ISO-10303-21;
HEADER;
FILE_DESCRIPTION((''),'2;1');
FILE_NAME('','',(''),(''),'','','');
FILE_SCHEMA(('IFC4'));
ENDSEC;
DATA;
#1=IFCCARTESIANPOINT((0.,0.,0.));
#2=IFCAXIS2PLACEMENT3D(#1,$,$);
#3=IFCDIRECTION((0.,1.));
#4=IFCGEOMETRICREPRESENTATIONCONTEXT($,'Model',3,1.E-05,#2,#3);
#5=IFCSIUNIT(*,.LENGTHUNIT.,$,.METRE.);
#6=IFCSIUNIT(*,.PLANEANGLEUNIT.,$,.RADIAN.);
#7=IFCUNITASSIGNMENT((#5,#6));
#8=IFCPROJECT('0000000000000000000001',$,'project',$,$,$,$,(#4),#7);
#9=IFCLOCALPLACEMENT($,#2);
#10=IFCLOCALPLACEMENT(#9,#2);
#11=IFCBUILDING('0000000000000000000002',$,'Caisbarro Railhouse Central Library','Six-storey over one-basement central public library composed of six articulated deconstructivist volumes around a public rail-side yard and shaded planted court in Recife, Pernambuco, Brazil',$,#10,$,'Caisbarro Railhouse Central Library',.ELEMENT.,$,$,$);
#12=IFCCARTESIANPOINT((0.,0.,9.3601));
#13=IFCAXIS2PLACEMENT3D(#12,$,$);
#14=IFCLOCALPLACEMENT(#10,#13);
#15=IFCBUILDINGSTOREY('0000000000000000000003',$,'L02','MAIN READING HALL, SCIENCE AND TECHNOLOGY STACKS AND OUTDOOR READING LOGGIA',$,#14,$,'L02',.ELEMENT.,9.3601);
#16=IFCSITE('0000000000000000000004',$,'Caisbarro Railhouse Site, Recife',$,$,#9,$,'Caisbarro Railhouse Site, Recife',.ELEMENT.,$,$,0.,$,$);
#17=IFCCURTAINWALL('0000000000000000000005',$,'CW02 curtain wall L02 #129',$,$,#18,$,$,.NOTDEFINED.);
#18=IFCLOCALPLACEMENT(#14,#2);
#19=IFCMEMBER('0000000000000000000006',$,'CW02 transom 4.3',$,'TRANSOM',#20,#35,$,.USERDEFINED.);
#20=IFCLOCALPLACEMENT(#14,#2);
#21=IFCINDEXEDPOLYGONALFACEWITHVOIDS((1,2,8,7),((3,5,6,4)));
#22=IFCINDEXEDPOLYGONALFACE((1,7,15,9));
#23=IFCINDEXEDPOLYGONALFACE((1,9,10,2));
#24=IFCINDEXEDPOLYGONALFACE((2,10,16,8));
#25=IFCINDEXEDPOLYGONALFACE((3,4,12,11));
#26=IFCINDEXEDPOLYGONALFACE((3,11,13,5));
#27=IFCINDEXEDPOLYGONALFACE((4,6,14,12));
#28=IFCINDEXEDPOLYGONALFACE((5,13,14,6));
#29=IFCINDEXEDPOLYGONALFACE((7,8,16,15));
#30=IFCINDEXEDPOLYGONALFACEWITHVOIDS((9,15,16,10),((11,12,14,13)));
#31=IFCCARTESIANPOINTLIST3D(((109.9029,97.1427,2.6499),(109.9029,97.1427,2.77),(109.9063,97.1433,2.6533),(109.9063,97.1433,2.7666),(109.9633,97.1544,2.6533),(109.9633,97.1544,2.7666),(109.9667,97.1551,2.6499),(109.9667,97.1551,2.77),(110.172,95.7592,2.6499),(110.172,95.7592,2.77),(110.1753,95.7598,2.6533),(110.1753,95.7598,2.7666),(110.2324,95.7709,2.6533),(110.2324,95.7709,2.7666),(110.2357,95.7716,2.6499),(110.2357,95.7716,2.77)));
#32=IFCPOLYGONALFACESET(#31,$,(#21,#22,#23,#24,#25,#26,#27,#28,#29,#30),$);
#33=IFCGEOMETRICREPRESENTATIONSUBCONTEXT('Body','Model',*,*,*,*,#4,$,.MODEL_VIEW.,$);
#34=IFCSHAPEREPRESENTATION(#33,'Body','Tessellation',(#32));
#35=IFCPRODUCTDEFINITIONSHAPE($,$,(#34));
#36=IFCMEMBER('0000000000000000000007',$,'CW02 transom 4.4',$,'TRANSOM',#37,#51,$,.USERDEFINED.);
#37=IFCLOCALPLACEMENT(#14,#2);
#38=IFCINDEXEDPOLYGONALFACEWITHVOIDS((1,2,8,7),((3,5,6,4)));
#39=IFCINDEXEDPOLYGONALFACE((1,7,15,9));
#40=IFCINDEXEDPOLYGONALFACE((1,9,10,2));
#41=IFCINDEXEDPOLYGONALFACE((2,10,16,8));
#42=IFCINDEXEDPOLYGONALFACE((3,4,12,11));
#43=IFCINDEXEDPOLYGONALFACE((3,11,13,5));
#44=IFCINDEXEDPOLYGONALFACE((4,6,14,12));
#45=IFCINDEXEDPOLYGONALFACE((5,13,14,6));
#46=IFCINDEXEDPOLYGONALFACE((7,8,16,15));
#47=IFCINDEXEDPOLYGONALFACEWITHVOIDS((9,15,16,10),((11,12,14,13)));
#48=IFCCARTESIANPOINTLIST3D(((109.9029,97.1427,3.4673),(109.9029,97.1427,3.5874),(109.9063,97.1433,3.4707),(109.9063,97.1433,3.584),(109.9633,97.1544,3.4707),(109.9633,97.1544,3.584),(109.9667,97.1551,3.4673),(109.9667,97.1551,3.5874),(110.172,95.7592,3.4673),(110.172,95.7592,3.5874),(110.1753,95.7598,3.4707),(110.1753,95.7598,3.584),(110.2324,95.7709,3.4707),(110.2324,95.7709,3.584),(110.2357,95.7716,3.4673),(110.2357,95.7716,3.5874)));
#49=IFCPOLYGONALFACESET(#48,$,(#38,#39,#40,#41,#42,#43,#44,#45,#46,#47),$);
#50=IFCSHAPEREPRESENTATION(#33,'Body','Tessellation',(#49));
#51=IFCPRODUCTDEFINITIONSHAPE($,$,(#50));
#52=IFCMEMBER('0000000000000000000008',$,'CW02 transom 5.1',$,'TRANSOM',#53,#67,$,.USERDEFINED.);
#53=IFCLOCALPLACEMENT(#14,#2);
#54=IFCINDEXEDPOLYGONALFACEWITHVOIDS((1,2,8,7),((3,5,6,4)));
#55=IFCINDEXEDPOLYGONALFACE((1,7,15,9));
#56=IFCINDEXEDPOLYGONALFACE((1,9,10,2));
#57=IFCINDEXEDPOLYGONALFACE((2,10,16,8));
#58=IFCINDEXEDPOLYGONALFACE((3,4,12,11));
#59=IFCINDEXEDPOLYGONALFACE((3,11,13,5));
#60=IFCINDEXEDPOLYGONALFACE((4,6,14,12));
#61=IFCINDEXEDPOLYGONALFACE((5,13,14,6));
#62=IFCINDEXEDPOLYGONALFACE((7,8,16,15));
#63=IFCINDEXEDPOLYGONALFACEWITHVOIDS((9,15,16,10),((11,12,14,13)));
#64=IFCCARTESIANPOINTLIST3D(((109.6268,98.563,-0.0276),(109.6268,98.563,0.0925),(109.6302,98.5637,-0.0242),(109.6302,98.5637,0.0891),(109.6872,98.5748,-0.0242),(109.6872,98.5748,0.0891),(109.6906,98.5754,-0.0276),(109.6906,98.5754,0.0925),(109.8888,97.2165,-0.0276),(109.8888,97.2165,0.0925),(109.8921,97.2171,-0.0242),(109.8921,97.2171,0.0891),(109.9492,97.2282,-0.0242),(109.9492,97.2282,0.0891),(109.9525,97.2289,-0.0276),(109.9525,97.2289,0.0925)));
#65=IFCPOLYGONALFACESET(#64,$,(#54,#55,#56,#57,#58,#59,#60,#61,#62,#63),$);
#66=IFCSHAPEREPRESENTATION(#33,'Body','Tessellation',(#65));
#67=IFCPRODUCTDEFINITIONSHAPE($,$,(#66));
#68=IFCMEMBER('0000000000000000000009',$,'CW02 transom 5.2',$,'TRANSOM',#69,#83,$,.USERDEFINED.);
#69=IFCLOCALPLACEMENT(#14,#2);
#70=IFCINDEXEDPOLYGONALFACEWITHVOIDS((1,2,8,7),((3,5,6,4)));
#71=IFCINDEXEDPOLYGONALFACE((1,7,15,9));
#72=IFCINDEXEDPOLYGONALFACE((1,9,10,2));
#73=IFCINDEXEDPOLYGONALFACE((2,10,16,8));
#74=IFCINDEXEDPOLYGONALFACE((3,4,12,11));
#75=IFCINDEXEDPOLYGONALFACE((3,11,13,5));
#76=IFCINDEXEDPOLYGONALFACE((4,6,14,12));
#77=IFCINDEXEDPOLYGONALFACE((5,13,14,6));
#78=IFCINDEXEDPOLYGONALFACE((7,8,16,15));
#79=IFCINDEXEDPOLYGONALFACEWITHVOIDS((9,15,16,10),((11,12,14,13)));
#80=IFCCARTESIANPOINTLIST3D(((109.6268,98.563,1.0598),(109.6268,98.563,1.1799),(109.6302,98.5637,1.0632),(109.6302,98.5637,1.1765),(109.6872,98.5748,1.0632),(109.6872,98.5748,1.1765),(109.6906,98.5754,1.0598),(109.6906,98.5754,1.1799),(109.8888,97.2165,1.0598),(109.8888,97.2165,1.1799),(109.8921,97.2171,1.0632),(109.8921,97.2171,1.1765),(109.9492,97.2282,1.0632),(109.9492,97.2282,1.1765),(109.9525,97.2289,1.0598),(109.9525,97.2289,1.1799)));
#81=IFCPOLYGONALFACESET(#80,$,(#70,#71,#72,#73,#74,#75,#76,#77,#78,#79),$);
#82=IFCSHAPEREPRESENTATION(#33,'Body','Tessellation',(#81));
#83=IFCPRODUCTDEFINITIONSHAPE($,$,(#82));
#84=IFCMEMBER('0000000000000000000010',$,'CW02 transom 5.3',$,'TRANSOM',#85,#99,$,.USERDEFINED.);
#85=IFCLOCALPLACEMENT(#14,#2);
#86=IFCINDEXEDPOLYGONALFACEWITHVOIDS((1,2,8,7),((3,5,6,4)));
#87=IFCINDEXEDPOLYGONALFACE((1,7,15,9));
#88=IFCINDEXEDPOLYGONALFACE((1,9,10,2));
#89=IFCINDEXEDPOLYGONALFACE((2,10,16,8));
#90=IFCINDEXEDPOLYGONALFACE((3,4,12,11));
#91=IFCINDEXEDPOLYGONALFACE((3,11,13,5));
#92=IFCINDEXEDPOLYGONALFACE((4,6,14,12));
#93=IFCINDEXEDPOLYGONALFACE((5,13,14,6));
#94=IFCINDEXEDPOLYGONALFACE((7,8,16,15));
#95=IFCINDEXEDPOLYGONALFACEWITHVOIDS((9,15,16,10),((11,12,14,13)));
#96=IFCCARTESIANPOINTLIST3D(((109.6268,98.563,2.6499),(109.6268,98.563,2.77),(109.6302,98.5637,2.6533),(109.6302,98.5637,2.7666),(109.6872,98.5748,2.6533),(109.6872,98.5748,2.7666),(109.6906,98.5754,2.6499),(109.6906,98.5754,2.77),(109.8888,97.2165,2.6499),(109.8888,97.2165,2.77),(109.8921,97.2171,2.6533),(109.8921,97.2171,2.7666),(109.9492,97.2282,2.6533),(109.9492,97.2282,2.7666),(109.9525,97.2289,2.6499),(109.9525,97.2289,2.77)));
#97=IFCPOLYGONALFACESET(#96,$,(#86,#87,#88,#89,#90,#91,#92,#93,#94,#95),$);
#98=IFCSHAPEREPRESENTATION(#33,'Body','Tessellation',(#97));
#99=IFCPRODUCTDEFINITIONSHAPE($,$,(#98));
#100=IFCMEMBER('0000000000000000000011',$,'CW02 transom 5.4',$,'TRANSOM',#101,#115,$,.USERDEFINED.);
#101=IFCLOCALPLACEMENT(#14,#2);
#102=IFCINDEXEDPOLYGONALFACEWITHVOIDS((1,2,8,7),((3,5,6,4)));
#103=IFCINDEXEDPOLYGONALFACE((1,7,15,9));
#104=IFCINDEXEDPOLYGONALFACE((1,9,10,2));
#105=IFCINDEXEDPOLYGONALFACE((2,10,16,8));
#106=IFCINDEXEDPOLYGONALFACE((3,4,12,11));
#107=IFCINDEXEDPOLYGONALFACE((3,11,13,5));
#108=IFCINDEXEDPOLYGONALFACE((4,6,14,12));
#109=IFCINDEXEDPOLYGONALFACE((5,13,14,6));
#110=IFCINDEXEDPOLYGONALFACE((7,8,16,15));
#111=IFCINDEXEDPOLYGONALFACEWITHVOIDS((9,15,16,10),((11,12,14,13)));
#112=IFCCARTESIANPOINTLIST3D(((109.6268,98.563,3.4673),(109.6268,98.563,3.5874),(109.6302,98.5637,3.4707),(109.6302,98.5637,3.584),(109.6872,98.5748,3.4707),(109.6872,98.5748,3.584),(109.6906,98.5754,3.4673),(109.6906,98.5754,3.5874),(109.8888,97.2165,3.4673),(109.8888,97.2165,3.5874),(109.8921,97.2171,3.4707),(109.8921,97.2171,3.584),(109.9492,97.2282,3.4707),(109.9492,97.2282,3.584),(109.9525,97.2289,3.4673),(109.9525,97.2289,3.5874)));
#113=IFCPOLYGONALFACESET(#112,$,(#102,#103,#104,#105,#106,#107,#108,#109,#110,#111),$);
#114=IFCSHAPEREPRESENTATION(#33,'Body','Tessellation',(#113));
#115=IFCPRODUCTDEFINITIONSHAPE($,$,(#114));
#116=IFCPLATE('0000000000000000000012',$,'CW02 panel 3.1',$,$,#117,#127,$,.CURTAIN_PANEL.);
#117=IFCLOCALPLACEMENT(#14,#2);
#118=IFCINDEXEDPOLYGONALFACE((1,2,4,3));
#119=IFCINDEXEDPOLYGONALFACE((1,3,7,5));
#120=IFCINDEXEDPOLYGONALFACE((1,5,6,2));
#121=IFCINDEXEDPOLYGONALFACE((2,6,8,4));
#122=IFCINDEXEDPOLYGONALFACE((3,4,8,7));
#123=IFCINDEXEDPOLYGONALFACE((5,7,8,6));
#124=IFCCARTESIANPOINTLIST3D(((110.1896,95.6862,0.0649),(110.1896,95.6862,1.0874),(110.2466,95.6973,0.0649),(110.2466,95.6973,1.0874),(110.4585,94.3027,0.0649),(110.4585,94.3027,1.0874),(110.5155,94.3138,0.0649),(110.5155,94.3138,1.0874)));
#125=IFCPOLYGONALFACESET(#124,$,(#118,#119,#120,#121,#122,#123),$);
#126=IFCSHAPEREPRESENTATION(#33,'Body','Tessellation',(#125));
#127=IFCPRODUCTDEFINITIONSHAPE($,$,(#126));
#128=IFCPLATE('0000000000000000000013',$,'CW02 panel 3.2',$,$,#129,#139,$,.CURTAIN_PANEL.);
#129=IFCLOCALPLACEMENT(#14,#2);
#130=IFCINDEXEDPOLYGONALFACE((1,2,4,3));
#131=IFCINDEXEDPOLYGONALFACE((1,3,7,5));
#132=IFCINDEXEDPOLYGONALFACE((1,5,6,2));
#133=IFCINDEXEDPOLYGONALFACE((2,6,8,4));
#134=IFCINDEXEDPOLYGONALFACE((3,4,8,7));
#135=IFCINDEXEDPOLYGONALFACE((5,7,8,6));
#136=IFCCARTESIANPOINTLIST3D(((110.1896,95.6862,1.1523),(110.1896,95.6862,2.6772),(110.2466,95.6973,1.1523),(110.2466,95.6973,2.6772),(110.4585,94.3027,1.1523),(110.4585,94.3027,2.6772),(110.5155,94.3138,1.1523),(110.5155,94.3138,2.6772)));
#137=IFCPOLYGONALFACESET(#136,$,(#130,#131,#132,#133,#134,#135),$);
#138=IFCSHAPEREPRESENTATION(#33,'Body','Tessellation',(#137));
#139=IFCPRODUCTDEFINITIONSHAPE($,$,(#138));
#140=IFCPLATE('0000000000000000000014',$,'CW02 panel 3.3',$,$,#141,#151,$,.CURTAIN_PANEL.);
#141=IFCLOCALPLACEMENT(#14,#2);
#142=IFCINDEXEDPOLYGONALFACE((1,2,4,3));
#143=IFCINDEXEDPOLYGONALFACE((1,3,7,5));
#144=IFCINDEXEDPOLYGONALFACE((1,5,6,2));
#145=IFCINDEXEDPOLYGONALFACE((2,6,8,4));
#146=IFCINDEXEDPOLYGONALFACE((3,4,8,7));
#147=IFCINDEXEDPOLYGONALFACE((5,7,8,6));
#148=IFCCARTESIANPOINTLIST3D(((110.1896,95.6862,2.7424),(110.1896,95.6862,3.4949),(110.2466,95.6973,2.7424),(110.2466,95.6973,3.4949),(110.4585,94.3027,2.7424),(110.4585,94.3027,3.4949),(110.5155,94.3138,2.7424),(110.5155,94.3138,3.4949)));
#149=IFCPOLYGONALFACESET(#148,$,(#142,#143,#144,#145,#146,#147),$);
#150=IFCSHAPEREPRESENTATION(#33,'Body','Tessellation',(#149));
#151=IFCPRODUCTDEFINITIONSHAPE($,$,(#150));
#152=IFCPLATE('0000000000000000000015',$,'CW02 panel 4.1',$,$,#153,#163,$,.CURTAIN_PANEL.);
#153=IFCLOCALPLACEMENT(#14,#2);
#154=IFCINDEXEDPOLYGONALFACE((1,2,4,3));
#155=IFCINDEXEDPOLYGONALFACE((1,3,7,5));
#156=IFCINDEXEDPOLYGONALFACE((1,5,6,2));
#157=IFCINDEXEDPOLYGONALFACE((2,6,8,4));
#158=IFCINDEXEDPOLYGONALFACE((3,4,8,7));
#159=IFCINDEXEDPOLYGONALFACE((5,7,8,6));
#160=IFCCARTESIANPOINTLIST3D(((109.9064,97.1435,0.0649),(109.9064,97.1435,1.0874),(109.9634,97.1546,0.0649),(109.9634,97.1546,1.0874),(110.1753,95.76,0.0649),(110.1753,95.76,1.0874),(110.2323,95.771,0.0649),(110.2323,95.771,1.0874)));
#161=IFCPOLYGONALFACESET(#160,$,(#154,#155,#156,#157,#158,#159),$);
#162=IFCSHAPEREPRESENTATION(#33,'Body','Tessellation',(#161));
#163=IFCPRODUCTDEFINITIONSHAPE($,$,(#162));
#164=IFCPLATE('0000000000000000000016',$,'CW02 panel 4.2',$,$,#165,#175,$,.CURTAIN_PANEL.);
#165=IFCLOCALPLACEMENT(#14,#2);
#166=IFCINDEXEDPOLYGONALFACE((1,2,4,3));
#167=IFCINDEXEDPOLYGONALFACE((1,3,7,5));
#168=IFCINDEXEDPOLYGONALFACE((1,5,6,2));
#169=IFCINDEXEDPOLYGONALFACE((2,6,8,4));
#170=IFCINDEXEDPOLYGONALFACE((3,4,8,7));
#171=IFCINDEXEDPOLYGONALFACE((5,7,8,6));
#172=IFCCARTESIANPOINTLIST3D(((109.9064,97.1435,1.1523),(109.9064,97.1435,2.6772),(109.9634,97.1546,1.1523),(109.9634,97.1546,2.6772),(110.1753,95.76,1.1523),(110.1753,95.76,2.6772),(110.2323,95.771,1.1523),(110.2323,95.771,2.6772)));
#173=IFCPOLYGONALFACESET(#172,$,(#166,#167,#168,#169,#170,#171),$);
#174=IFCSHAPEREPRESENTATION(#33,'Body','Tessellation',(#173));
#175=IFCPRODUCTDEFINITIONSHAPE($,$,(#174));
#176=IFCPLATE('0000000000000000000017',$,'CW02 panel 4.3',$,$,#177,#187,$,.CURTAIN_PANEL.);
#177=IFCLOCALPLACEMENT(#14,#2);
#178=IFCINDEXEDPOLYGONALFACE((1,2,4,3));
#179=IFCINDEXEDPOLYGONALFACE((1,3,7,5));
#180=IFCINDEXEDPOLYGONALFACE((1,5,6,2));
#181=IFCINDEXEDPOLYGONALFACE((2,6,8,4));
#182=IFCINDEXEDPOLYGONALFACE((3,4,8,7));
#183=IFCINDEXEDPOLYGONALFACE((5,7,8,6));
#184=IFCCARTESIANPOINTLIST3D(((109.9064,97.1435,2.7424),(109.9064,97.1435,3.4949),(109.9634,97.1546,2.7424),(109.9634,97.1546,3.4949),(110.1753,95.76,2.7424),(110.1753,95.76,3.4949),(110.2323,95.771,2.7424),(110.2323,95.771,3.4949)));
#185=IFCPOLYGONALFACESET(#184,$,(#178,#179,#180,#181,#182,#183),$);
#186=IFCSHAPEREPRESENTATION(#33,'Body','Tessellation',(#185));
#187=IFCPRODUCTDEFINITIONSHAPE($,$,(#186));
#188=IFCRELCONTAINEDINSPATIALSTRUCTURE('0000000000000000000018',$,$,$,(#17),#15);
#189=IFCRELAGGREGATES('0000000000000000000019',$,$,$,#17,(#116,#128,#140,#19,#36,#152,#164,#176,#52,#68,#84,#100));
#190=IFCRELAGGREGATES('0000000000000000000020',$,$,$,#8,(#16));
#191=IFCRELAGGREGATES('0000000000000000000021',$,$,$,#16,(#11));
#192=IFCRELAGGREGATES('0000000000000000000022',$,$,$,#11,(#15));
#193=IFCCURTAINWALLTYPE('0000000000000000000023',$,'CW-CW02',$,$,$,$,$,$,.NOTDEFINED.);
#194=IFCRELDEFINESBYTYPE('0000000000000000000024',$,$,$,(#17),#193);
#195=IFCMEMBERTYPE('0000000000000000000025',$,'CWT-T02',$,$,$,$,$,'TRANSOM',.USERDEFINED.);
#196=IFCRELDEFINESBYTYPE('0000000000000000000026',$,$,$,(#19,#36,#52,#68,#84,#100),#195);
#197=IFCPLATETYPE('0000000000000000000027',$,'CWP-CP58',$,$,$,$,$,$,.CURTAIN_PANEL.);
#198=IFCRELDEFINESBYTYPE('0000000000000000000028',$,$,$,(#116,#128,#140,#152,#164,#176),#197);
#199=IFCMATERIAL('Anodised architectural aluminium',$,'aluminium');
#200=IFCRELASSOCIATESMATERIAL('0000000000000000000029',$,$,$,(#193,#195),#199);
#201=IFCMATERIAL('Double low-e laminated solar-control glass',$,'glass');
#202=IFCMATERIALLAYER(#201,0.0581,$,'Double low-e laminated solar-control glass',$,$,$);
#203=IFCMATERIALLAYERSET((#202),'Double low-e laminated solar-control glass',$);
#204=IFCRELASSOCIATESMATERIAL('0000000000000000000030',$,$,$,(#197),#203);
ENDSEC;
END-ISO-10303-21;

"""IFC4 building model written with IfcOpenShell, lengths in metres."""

from ifc_helpers import new_model, si_unit, direction, frame, origin, origin_2d, place, context, subcontext, project, spatial, rectangle, hollow_rectangle, extrude, material, layer, layer_set, material_profile, profile_set, type_object, element, aggregate, save


model = new_model("IFC4")

# Units and contexts
model_context = context("Model", 3, precision=1e-05, world=origin(), true_north=direction((0.0, 1.0)))
body_context = subcontext(model_context, "Body", "Model", "MODEL_VIEW")
ifc_project = project(units=[si_unit("LENGTHUNIT", "METRE"), si_unit("PLANEANGLEUNIT", "RADIAN")], contexts=[model_context])

# Site, building, storey
site_placement = place(None, origin())
site = spatial("IfcSite", under=ifc_project, at=site_placement, Name="Caisbarro Railhouse Site, Recife", LongName="Caisbarro Railhouse Site, Recife", CompositionType="ELEMENT", RefElevation=0.0)
building_placement = place(site_placement, origin())
building = spatial("IfcBuilding", under=site, at=building_placement, Name="Caisbarro Railhouse Central Library", Description="Six-storey over one-basement central public library composed of six articulated deconstructivist volumes around a public rail-side yard and shaded planted court in Recife, Pernambuco, Brazil", LongName="Caisbarro Railhouse Central Library", CompositionType="ELEMENT")
storey_placement = place(building_placement, frame((0.0, 0.0, 9.3601)))
storey = spatial("IfcBuildingStorey", under=building, at=storey_placement, Name="L02", Description="MAIN READING HALL, SCIENCE AND TECHNOLOGY STACKS AND OUTDOOR READING LOGGIA", LongName="L02", CompositionType="ELEMENT", Elevation=9.3601)

# Curtain wall, members, plates
ifc_material_1 = material(Name="Anodised architectural aluminium", Category="aluminium")
curtain_wall_type = type_object("IfcCurtainWallType", Name="CW-CW02", PredefinedType="NOTDEFINED", material=ifc_material_1)
curtain_wall_placement = place(storey_placement, origin())
curtain_wall = element("IfcCurtainWall", 1, at=curtain_wall_placement, inside=storey, type_object=curtain_wall_type, Name="CW02 curtain wall L02 #129", PredefinedType="NOTDEFINED")
ifc_material_profile_1 = material_profile(ifc_material_1, hollow_rectangle(XDim=0.0649, YDim=0.1201, WallThickness=0.0034, at=origin_2d()), Name="ALU-TRN-65X120")
ifc_profile_set_1 = profile_set([ifc_material_profile_1], Name="Anodised architectural aluminium")
member_type_1 = type_object("IfcMemberType", Name="CWT-T02", ElementType="TRANSOM", PredefinedType="USERDEFINED", material=ifc_profile_set_1)
member_1_placement = place(storey_placement, frame((110.2039, 95.7654, 2.71), z_axis=(-0.190884, 0.981613, 0.0), x_axis=(-0.981613, -0.190884, 0.0)))
member_1 = element("IfcMember", 2, at=member_1_placement, type_object=member_type_1, Name="CW02 transom 4.3", ObjectType="TRANSOM", PredefinedType="USERDEFINED", context=body_context, shape_type="SweptSolid", body=[
    extrude(hollow_rectangle(XDim=0.0649, YDim=0.1201, WallThickness=0.0034, at=origin_2d()), origin(), (0.0, 0.0, 1.0), 1.4094),
])
member_2_placement = place(storey_placement, frame((110.2039, 95.7654, 3.5273), z_axis=(-0.190884, 0.981613, 0.0), x_axis=(-0.981613, -0.190884, 0.0)))
member_2 = element("IfcMember", 3, at=member_2_placement, type_object=member_type_1, Name="CW02 transom 4.4", ObjectType="TRANSOM", PredefinedType="USERDEFINED", context=body_context, shape_type="SweptSolid", body=[
    extrude(hollow_rectangle(XDim=0.0649, YDim=0.1201, WallThickness=0.0034, at=origin_2d()), origin(), (0.0, 0.0, 1.0), 1.4094),
])
member_3_placement = place(storey_placement, frame((109.9207, 97.2227, 0.0325), z_axis=(-0.190946, 0.981601, 0.0), x_axis=(-0.981601, -0.190946, 0.0)))
member_3 = element("IfcMember", 4, at=member_3_placement, type_object=member_type_1, Name="CW02 transom 5.1", ObjectType="TRANSOM", PredefinedType="USERDEFINED", context=body_context, shape_type="SweptSolid", body=[
    extrude(hollow_rectangle(XDim=0.0649, YDim=0.1201, WallThickness=0.0034, at=origin_2d()), origin(), (0.0, 0.0, 1.0), 1.3718),
])
member_4_placement = place(storey_placement, frame((109.9207, 97.2227, 1.1199), z_axis=(-0.190946, 0.981601, 0.0), x_axis=(-0.981601, -0.190946, 0.0)))
member_4 = element("IfcMember", 5, at=member_4_placement, type_object=member_type_1, Name="CW02 transom 5.2", ObjectType="TRANSOM", PredefinedType="USERDEFINED", context=body_context, shape_type="SweptSolid", body=[
    extrude(hollow_rectangle(XDim=0.0649, YDim=0.1201, WallThickness=0.0034, at=origin_2d()), origin(), (0.0, 0.0, 1.0), 1.3718),
])
member_5_placement = place(storey_placement, frame((109.9207, 97.2227, 2.71), z_axis=(-0.190946, 0.981601, 0.0), x_axis=(-0.981601, -0.190946, 0.0)))
member_5 = element("IfcMember", 6, at=member_5_placement, type_object=member_type_1, Name="CW02 transom 5.3", ObjectType="TRANSOM", PredefinedType="USERDEFINED", context=body_context, shape_type="SweptSolid", body=[
    extrude(hollow_rectangle(XDim=0.0649, YDim=0.1201, WallThickness=0.0034, at=origin_2d()), origin(), (0.0, 0.0, 1.0), 1.3718),
])
member_6_placement = place(storey_placement, frame((109.9207, 97.2227, 3.5273), z_axis=(-0.190946, 0.981601, 0.0), x_axis=(-0.981601, -0.190946, 0.0)))
member_6 = element("IfcMember", 7, at=member_6_placement, type_object=member_type_1, Name="CW02 transom 5.4", ObjectType="TRANSOM", PredefinedType="USERDEFINED", context=body_context, shape_type="SweptSolid", body=[
    extrude(hollow_rectangle(XDim=0.0649, YDim=0.1201, WallThickness=0.0034, at=origin_2d()), origin(), (0.0, 0.0, 1.0), 1.3718),
])
ifc_material_2 = material(Name="Double low-e laminated solar-control glass", Category="glass")
ifc_layer_1 = layer(ifc_material_2, 0.0581, Name="Double low-e laminated solar-control glass")
ifc_layer_set_1 = layer_set([ifc_layer_1], Name="Double low-e laminated solar-control glass")
plate_type_1 = type_object("IfcPlateType", Name="CWP-CP58", PredefinedType="CURTAIN_PANEL", material=ifc_layer_set_1)
plate_1_placement = place(storey_placement, frame((110.3525, 95.0, 0.0649), z_axis=(0.0, 0.0, 1.0), x_axis=(-0.190781, 0.981633, 0.0)))
plate_1 = element("IfcPlate", 8, at=plate_1_placement, type_object=plate_type_1, Name="CW02 panel 3.1", PredefinedType="CURTAIN_PANEL", context=body_context, shape_type="SweptSolid", body=[
    extrude(rectangle(XDim=1.4094, YDim=0.0581, at=origin_2d()), origin(), (0.0, 0.0, 1.0), 1.0225),
])
plate_2_placement = place(storey_placement, frame((110.3525, 95.0, 1.1523), z_axis=(0.0, 0.0, 1.0), x_axis=(-0.190781, 0.981633, 0.0)))
plate_2 = element("IfcPlate", 9, at=plate_2_placement, type_object=plate_type_1, Name="CW02 panel 3.2", PredefinedType="CURTAIN_PANEL", context=body_context, shape_type="SweptSolid", body=[
    extrude(rectangle(XDim=1.4094, YDim=0.0581, at=origin_2d()), origin(), (0.0, 0.0, 1.0), 1.5249),
])
plate_3_placement = place(storey_placement, frame((110.3525, 95.0, 2.7424), z_axis=(0.0, 0.0, 1.0), x_axis=(-0.190781, 0.981633, 0.0)))
plate_3 = element("IfcPlate", 10, at=plate_3_placement, type_object=plate_type_1, Name="CW02 panel 3.3", PredefinedType="CURTAIN_PANEL", context=body_context, shape_type="SweptSolid", body=[
    extrude(rectangle(XDim=1.4094, YDim=0.0581, at=origin_2d()), origin(), (0.0, 0.0, 1.0), 0.7524),
])
plate_4_placement = place(storey_placement, frame((110.0693, 96.4573, 0.0649), z_axis=(0.0, 0.0, 1.0), x_axis=(-0.190781, 0.981633, 0.0)))
plate_4 = element("IfcPlate", 11, at=plate_4_placement, type_object=plate_type_1, Name="CW02 panel 4.1", PredefinedType="CURTAIN_PANEL", context=body_context, shape_type="SweptSolid", body=[
    extrude(rectangle(XDim=1.4094, YDim=0.0581, at=origin_2d()), origin(), (0.0, 0.0, 1.0), 1.0225),
])
plate_5_placement = place(storey_placement, frame((110.0693, 96.4573, 1.1523), z_axis=(0.0, 0.0, 1.0), x_axis=(-0.190781, 0.981633, 0.0)))
plate_5 = element("IfcPlate", 12, at=plate_5_placement, type_object=plate_type_1, Name="CW02 panel 4.2", PredefinedType="CURTAIN_PANEL", context=body_context, shape_type="SweptSolid", body=[
    extrude(rectangle(XDim=1.4094, YDim=0.0581, at=origin_2d()), origin(), (0.0, 0.0, 1.0), 1.5249),
])
plate_6_placement = place(storey_placement, frame((110.0693, 96.4573, 2.7424), z_axis=(0.0, 0.0, 1.0), x_axis=(-0.190781, 0.981633, 0.0)))
plate_6 = element("IfcPlate", 13, at=plate_6_placement, type_object=plate_type_1, Name="CW02 panel 4.3", PredefinedType="CURTAIN_PANEL", context=body_context, shape_type="SweptSolid", body=[
    extrude(rectangle(XDim=1.4094, YDim=0.0581, at=origin_2d()), origin(), (0.0, 0.0, 1.0), 0.7524),
])
aggregate(curtain_wall, [plate_1, plate_2, plate_3, member_1, member_2, plate_4, plate_5, plate_6, member_3, member_4, member_5, member_6])

save(model, "model.ifc")
